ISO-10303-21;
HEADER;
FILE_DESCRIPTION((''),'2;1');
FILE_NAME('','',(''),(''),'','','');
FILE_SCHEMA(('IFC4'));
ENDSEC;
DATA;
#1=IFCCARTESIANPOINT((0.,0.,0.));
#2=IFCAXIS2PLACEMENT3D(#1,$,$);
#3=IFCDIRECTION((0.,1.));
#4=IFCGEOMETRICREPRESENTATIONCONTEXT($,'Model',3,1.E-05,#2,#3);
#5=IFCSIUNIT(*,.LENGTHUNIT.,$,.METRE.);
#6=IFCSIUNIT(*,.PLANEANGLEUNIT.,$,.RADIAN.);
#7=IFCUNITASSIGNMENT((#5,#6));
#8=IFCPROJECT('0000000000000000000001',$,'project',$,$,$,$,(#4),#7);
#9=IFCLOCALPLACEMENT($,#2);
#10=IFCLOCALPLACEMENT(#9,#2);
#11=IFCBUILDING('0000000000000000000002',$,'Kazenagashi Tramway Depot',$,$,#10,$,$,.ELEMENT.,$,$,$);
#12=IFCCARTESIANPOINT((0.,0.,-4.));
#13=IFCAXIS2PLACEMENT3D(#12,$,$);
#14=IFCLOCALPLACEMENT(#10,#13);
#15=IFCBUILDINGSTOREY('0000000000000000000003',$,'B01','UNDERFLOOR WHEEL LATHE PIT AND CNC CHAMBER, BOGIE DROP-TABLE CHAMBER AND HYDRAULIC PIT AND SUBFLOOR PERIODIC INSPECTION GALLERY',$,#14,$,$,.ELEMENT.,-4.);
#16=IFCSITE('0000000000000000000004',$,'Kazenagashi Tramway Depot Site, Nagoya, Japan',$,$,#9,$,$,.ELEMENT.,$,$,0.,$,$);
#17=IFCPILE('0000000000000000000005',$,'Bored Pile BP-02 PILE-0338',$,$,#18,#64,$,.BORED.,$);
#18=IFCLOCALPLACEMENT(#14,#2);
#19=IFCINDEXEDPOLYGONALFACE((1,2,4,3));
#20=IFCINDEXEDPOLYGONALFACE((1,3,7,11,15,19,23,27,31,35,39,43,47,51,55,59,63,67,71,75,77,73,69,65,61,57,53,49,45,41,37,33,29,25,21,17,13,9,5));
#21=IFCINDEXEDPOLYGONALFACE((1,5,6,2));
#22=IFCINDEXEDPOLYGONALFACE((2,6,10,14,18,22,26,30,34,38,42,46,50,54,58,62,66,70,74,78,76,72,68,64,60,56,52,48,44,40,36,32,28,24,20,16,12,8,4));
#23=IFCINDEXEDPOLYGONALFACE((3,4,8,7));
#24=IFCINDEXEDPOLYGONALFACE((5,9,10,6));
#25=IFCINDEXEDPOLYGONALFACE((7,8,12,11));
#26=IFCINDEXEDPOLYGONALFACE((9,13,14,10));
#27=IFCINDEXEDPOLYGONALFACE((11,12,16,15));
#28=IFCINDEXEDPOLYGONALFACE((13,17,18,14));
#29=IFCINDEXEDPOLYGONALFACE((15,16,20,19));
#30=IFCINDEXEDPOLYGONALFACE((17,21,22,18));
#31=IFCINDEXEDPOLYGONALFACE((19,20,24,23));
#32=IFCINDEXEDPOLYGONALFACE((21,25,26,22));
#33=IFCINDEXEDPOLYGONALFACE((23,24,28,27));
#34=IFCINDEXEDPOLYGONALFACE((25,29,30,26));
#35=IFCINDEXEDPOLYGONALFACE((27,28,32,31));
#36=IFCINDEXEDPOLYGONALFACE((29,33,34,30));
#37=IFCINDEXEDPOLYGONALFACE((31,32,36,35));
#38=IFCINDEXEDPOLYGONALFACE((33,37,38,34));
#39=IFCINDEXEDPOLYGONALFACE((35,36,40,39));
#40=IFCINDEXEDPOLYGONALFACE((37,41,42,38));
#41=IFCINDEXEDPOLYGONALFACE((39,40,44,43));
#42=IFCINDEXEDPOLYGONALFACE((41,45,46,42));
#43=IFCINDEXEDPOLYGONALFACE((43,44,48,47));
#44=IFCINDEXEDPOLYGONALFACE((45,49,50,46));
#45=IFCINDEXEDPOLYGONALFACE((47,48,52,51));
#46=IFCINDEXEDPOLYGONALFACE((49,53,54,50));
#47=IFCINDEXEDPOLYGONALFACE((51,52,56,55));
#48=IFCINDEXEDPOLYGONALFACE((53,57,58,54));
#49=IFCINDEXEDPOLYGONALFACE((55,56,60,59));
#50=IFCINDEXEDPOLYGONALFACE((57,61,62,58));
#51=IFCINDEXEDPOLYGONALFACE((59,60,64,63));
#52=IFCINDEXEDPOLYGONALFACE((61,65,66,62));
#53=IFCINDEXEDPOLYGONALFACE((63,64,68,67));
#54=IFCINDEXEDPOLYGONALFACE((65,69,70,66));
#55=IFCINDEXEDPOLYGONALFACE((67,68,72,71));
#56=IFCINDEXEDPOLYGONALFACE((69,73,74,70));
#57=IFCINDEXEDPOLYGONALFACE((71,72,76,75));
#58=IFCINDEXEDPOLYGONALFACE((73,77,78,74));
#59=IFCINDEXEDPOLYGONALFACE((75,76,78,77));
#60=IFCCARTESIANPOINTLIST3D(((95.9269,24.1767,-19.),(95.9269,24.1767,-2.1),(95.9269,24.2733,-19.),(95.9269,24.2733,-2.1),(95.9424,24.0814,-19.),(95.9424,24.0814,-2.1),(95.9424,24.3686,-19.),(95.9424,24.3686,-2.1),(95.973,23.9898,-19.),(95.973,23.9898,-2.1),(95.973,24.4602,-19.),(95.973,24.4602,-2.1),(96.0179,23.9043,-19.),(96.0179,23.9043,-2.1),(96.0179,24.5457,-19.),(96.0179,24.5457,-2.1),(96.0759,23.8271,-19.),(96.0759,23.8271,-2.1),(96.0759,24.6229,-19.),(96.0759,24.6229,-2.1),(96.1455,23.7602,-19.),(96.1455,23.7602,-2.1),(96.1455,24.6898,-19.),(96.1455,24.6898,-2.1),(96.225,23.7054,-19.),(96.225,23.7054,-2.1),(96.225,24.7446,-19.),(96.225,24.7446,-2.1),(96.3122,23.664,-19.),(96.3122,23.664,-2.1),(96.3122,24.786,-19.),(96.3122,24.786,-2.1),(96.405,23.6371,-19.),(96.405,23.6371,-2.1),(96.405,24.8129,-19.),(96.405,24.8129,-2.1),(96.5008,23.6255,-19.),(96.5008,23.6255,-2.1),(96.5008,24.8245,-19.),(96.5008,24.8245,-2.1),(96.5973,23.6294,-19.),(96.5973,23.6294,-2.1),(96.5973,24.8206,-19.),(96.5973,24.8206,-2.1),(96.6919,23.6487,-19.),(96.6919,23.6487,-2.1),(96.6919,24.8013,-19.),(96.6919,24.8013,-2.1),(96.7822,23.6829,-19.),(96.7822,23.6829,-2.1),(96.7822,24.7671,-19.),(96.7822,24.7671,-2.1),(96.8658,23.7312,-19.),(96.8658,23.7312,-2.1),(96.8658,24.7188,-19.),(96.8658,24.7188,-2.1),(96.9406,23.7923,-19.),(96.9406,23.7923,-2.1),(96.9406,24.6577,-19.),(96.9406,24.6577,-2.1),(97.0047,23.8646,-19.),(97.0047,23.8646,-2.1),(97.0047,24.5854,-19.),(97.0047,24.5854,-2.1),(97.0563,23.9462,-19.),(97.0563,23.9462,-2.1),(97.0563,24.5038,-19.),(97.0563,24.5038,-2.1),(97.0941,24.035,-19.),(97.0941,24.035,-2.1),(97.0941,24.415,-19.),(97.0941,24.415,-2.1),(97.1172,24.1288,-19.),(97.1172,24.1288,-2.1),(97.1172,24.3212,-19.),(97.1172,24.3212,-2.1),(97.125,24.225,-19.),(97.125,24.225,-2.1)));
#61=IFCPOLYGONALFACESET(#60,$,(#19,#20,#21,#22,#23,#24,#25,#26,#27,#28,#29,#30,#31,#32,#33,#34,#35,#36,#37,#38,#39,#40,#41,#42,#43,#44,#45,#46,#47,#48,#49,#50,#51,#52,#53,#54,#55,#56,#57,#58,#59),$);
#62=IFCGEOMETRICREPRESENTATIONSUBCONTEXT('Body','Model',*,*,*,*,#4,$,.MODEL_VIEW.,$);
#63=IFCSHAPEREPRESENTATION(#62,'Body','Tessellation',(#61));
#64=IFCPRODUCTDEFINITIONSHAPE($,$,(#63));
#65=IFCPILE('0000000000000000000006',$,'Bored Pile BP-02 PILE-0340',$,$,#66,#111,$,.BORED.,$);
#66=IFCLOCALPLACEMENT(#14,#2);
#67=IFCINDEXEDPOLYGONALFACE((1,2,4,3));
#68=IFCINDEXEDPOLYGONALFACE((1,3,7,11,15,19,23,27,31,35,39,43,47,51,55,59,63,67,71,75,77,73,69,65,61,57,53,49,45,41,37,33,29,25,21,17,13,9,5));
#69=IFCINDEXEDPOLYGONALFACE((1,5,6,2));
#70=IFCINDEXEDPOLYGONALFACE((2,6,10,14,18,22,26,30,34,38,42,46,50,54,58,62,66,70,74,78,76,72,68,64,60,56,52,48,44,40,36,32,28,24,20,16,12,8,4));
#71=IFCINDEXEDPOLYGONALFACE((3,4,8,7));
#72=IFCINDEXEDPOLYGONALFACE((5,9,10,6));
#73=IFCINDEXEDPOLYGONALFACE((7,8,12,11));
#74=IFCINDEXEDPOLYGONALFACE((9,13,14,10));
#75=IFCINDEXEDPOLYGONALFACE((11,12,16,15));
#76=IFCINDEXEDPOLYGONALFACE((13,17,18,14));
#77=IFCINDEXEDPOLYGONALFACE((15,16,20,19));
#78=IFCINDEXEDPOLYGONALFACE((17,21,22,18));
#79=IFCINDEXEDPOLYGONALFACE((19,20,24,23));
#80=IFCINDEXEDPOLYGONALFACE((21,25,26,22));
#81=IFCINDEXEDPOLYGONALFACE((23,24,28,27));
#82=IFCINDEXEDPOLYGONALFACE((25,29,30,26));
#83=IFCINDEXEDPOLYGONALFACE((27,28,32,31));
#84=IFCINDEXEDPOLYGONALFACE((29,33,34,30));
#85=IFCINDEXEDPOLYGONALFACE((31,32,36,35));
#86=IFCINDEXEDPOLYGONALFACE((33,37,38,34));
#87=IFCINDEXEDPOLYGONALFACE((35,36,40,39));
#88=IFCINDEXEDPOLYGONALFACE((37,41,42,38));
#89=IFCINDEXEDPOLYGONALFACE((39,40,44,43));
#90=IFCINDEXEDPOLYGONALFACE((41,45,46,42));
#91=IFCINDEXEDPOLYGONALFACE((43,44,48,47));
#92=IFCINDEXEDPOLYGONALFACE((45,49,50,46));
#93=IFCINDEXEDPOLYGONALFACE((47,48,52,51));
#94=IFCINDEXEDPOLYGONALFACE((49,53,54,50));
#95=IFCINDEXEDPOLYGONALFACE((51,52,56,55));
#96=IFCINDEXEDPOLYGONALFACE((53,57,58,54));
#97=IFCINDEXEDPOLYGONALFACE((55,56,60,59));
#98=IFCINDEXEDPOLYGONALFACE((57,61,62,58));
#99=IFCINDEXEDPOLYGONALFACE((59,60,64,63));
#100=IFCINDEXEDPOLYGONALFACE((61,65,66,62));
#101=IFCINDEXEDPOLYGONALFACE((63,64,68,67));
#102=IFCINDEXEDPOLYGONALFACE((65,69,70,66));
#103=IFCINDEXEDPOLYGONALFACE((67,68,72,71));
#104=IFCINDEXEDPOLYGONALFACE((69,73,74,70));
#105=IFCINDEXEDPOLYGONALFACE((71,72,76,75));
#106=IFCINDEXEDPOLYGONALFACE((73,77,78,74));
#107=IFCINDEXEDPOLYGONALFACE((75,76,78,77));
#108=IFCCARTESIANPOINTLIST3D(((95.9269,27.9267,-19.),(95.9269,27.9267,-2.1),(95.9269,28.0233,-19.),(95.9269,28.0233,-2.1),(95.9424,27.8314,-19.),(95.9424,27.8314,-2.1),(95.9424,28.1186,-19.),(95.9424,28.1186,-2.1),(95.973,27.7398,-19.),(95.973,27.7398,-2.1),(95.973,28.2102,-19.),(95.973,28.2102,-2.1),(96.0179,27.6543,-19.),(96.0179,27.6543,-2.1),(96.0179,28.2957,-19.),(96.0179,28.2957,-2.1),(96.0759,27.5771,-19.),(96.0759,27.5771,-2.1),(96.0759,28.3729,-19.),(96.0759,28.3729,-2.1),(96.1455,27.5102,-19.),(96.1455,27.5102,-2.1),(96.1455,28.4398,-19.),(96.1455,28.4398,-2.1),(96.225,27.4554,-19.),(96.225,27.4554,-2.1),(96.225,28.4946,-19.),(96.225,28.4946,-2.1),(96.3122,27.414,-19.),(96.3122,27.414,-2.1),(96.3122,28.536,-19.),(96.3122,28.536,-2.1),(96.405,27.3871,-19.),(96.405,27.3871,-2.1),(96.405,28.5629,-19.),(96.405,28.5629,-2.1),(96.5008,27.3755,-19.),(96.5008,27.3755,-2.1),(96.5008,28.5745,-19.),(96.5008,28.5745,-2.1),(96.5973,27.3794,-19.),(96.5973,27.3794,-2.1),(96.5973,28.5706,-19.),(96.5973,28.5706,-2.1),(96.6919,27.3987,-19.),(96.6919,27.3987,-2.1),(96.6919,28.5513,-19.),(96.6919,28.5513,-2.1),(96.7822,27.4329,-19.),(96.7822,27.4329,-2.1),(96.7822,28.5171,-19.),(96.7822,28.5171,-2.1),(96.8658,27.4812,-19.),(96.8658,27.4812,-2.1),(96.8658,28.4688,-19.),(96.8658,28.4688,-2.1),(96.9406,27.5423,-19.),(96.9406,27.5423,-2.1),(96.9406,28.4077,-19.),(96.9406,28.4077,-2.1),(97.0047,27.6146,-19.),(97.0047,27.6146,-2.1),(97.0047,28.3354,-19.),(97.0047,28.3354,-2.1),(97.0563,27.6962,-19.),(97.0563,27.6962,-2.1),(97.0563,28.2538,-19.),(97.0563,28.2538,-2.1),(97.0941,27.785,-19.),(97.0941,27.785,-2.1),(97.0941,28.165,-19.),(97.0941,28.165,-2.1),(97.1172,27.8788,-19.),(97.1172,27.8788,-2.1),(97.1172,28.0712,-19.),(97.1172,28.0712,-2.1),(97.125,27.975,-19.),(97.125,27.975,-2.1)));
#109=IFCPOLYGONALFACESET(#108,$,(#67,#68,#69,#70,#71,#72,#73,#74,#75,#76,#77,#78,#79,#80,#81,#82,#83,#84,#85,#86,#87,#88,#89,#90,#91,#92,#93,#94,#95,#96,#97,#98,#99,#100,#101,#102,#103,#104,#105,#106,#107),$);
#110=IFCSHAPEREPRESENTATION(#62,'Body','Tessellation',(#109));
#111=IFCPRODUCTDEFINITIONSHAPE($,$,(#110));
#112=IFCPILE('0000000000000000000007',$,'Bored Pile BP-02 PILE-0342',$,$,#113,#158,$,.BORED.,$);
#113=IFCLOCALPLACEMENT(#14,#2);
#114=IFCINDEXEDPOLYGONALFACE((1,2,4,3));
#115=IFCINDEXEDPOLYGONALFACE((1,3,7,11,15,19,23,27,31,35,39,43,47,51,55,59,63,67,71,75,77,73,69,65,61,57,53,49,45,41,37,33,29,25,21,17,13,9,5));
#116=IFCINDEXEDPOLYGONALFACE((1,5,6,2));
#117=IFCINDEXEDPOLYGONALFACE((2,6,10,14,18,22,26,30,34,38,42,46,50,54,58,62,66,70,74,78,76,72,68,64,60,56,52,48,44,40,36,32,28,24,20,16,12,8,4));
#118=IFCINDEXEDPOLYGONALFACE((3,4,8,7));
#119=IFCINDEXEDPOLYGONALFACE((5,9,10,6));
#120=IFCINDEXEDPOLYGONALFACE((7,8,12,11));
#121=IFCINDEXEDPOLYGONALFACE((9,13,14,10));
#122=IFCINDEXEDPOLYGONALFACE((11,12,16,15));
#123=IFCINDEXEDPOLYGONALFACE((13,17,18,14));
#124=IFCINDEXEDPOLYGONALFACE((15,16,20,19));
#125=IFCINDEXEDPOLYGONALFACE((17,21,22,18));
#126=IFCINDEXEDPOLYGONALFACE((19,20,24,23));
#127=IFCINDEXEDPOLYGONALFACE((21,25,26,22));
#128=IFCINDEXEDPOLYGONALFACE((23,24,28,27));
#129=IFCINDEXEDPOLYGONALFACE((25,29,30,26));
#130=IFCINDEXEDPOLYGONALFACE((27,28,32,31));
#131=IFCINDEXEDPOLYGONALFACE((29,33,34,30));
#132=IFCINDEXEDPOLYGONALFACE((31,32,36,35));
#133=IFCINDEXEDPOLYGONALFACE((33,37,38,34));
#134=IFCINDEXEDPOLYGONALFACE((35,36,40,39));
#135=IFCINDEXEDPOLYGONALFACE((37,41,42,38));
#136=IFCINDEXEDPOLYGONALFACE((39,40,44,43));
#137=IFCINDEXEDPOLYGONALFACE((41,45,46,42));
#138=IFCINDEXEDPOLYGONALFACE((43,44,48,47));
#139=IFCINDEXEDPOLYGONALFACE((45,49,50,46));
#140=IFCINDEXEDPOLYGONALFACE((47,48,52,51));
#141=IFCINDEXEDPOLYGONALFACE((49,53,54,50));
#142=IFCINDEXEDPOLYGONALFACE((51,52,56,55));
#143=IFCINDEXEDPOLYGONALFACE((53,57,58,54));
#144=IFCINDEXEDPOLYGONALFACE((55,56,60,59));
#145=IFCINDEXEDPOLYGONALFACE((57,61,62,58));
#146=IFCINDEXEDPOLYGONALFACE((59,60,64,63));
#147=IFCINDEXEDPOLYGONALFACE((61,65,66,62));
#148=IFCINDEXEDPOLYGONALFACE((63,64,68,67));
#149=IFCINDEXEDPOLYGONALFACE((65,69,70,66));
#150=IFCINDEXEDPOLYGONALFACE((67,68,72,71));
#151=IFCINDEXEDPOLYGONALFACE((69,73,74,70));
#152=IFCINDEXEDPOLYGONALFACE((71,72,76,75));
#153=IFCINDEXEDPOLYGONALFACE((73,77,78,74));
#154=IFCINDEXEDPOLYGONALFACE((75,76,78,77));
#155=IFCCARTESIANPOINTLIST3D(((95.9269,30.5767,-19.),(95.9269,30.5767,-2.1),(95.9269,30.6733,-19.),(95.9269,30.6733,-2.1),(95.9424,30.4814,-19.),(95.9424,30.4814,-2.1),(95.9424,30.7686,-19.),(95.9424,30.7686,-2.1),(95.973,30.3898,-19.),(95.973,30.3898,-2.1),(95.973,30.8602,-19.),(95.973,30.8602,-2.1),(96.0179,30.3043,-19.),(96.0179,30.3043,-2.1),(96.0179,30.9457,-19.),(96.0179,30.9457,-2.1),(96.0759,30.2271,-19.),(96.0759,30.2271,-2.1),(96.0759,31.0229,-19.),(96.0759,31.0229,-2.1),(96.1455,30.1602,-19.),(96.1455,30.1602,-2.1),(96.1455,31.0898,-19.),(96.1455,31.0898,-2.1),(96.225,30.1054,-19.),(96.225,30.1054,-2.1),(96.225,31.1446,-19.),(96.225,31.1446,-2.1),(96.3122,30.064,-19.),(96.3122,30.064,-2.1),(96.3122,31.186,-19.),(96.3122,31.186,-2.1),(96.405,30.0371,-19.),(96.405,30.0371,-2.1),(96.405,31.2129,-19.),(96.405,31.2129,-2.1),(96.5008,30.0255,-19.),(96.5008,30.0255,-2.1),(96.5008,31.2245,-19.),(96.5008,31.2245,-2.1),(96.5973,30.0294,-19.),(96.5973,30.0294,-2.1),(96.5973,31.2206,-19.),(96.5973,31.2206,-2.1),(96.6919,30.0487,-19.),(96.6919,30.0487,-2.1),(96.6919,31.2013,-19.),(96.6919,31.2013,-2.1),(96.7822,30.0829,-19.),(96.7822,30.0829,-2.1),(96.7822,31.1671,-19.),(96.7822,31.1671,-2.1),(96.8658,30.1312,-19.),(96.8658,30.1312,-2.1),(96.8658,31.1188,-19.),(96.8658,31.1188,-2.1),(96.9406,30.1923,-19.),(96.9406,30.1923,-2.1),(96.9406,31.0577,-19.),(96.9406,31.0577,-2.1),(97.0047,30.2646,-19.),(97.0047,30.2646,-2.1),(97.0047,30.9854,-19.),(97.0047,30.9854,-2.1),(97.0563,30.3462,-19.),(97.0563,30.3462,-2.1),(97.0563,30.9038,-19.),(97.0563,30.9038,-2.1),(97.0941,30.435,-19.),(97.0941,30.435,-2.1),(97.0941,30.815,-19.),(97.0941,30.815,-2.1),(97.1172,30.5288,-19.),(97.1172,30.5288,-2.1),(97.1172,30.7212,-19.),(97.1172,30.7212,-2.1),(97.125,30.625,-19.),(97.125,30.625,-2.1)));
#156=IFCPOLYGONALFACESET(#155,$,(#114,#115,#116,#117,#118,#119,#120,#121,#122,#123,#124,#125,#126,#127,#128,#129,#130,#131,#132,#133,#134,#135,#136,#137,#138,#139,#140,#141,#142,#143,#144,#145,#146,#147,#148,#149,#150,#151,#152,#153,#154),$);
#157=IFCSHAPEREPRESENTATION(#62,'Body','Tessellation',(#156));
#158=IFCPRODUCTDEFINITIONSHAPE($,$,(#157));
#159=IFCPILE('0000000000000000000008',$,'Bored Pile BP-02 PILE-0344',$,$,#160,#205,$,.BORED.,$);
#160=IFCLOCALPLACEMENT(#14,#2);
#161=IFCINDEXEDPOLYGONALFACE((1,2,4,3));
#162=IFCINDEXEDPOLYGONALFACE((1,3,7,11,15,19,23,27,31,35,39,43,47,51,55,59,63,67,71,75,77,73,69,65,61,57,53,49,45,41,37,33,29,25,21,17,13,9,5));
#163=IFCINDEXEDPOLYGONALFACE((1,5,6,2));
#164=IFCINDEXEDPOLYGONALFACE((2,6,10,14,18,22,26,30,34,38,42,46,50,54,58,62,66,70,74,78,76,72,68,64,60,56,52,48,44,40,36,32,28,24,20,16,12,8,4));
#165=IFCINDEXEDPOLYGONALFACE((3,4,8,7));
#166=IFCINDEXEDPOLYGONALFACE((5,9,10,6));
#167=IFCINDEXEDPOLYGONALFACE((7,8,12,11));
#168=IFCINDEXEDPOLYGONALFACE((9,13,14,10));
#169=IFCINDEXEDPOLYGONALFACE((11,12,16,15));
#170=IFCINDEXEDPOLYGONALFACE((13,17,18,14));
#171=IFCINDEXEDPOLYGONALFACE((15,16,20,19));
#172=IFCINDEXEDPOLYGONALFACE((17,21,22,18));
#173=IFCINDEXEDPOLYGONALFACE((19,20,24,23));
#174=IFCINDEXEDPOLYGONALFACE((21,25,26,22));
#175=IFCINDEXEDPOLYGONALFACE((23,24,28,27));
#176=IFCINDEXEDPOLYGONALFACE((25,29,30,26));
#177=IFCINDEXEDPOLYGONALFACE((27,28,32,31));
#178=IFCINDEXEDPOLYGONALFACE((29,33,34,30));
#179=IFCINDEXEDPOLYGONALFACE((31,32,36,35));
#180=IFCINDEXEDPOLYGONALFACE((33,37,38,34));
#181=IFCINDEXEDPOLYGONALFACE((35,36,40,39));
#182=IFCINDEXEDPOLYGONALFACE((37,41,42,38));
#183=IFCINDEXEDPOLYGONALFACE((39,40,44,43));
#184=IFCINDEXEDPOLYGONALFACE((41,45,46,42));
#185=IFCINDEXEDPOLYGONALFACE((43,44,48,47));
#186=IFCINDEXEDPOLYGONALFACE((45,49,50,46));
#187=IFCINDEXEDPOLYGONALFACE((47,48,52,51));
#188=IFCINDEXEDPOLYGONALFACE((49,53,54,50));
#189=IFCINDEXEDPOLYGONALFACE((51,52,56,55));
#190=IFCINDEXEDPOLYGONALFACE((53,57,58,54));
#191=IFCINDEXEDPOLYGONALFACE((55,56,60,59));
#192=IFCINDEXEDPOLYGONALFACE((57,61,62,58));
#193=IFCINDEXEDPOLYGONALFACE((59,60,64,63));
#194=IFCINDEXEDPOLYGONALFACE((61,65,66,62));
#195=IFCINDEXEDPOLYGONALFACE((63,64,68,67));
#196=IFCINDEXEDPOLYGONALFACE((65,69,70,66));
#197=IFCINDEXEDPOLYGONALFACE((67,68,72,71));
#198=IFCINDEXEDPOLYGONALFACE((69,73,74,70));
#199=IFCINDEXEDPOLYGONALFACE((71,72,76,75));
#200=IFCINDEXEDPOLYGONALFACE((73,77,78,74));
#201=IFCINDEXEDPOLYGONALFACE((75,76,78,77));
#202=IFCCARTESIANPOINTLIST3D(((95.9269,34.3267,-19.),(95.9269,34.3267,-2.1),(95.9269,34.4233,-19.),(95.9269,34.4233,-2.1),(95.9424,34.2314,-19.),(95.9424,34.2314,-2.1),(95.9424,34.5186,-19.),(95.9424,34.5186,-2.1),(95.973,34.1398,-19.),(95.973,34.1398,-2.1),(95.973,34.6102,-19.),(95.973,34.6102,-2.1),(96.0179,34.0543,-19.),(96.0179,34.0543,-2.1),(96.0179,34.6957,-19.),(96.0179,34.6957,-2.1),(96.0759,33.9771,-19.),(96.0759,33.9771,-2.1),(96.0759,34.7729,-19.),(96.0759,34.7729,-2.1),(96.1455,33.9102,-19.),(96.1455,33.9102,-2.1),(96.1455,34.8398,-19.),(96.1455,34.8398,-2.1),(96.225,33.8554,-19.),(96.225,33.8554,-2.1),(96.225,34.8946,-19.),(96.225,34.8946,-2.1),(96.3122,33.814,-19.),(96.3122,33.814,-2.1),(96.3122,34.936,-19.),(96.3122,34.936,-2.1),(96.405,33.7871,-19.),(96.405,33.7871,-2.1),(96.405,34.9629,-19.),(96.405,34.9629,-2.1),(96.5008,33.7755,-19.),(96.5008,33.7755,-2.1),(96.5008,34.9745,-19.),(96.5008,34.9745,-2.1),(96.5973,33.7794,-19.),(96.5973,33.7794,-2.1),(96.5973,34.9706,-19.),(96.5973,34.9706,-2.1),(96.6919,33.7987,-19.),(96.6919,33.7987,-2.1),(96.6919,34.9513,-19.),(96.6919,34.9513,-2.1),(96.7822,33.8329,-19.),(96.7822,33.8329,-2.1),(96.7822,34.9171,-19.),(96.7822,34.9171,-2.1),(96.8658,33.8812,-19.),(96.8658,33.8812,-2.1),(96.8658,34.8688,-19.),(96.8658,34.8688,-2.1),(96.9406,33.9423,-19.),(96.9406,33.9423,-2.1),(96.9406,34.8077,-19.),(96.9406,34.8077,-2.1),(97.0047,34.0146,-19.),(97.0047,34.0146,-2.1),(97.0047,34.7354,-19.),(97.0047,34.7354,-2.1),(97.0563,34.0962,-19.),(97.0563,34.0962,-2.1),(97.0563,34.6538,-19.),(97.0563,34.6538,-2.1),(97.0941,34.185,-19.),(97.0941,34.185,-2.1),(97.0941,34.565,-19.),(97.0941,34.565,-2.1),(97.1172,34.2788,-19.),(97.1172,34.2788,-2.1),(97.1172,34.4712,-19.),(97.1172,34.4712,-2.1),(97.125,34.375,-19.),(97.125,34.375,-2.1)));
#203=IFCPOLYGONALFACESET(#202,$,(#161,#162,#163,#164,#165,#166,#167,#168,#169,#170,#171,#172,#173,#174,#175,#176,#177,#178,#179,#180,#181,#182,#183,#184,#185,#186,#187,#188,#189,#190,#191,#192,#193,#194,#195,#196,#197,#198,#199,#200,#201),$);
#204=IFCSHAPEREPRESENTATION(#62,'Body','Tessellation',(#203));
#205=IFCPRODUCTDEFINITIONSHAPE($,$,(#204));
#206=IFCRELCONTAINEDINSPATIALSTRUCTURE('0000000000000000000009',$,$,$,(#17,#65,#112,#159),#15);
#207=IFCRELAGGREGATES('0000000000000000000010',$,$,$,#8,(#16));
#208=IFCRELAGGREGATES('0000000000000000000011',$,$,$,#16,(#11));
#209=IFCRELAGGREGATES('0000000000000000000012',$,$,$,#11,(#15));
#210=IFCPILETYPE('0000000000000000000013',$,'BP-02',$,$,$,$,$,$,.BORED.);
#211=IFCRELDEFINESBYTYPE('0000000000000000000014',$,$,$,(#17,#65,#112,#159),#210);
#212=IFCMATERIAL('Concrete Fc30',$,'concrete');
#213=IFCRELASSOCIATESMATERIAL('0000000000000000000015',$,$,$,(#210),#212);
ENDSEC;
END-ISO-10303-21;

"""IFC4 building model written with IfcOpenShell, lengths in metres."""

from ifc_helpers import new_model, si_unit, direction, frame, origin, origin_2d, place, context, subcontext, project, spatial, circle, extrude, material, material_profile, profile_set, type_object, element, save


model = new_model("IFC4")

# Units and contexts
model_context = context("Model", 3, precision=1e-05, world=origin(), true_north=direction((0.0, 1.0)))
body_context = subcontext(model_context, "Body", "Model", "MODEL_VIEW")
ifc_project = project(units=[si_unit("LENGTHUNIT", "METRE"), si_unit("PLANEANGLEUNIT", "RADIAN")], contexts=[model_context])

# Site, building, storey
site_placement = place(None, origin())
site = spatial("IfcSite", under=ifc_project, at=site_placement, Name="Kazenagashi Tramway Depot Site, Nagoya, Japan", CompositionType="ELEMENT", RefElevation=0.0)
building_placement = place(site_placement, origin())
building = spatial("IfcBuilding", under=site, at=building_placement, Name="Kazenagashi Tramway Depot", CompositionType="ELEMENT")
storey_placement = place(building_placement, frame((0.0, 0.0, -4.0)))
storey = spatial("IfcBuildingStorey", under=building, at=storey_placement, Name="B01", Description="UNDERFLOOR WHEEL LATHE PIT AND CNC CHAMBER, BOGIE DROP-TABLE CHAMBER AND HYDRAULIC PIT AND SUBFLOOR PERIODIC INSPECTION GALLERY", CompositionType="ELEMENT", Elevation=-4.0)

# Piles
ifc_material_1 = material(Name="Concrete Fc30", Category="concrete")
ifc_material_profile_1 = material_profile(ifc_material_1, circle(Radius=0.6, at=origin_2d()), Name="PILE-1200")
ifc_profile_set_1 = profile_set([ifc_material_profile_1], Name="Concrete Fc30")
pile_type_1 = type_object("IfcPileType", Name="BP-02", PredefinedType="BORED", material=ifc_profile_set_1)
for number, where, z_axis, x_axis, name in (
    (1, (96.525, 24.225, -2.1), (0.0, 0.0, -1.0), (1.0, 0.0, 0.0), "Bored Pile BP-02 PILE-0338"),
    (2, (96.525, 27.975, -2.1), (0.0, 0.0, -1.0), (1.0, 0.0, 0.0), "Bored Pile BP-02 PILE-0340"),
    (3, (96.525, 30.625, -2.1), (0.0, 0.0, -1.0), (1.0, 0.0, 0.0), "Bored Pile BP-02 PILE-0342"),
    (4, (96.525, 34.375, -2.1), (0.0, 0.0, -1.0), (1.0, 0.0, 0.0), "Bored Pile BP-02 PILE-0344"),
):
    element("IfcPile", number, at=place(storey_placement, frame(where, z_axis=z_axis, x_axis=x_axis)), inside=storey, type_object=pile_type_1, Name=name, PredefinedType="BORED", context=body_context, shape_type="SweptSolid", body=[
        extrude(circle(Radius=0.6, at=origin_2d()), origin(), (0.0, 0.0, 1.0), 16.9),
    ])

save(model, "model.ifc")
